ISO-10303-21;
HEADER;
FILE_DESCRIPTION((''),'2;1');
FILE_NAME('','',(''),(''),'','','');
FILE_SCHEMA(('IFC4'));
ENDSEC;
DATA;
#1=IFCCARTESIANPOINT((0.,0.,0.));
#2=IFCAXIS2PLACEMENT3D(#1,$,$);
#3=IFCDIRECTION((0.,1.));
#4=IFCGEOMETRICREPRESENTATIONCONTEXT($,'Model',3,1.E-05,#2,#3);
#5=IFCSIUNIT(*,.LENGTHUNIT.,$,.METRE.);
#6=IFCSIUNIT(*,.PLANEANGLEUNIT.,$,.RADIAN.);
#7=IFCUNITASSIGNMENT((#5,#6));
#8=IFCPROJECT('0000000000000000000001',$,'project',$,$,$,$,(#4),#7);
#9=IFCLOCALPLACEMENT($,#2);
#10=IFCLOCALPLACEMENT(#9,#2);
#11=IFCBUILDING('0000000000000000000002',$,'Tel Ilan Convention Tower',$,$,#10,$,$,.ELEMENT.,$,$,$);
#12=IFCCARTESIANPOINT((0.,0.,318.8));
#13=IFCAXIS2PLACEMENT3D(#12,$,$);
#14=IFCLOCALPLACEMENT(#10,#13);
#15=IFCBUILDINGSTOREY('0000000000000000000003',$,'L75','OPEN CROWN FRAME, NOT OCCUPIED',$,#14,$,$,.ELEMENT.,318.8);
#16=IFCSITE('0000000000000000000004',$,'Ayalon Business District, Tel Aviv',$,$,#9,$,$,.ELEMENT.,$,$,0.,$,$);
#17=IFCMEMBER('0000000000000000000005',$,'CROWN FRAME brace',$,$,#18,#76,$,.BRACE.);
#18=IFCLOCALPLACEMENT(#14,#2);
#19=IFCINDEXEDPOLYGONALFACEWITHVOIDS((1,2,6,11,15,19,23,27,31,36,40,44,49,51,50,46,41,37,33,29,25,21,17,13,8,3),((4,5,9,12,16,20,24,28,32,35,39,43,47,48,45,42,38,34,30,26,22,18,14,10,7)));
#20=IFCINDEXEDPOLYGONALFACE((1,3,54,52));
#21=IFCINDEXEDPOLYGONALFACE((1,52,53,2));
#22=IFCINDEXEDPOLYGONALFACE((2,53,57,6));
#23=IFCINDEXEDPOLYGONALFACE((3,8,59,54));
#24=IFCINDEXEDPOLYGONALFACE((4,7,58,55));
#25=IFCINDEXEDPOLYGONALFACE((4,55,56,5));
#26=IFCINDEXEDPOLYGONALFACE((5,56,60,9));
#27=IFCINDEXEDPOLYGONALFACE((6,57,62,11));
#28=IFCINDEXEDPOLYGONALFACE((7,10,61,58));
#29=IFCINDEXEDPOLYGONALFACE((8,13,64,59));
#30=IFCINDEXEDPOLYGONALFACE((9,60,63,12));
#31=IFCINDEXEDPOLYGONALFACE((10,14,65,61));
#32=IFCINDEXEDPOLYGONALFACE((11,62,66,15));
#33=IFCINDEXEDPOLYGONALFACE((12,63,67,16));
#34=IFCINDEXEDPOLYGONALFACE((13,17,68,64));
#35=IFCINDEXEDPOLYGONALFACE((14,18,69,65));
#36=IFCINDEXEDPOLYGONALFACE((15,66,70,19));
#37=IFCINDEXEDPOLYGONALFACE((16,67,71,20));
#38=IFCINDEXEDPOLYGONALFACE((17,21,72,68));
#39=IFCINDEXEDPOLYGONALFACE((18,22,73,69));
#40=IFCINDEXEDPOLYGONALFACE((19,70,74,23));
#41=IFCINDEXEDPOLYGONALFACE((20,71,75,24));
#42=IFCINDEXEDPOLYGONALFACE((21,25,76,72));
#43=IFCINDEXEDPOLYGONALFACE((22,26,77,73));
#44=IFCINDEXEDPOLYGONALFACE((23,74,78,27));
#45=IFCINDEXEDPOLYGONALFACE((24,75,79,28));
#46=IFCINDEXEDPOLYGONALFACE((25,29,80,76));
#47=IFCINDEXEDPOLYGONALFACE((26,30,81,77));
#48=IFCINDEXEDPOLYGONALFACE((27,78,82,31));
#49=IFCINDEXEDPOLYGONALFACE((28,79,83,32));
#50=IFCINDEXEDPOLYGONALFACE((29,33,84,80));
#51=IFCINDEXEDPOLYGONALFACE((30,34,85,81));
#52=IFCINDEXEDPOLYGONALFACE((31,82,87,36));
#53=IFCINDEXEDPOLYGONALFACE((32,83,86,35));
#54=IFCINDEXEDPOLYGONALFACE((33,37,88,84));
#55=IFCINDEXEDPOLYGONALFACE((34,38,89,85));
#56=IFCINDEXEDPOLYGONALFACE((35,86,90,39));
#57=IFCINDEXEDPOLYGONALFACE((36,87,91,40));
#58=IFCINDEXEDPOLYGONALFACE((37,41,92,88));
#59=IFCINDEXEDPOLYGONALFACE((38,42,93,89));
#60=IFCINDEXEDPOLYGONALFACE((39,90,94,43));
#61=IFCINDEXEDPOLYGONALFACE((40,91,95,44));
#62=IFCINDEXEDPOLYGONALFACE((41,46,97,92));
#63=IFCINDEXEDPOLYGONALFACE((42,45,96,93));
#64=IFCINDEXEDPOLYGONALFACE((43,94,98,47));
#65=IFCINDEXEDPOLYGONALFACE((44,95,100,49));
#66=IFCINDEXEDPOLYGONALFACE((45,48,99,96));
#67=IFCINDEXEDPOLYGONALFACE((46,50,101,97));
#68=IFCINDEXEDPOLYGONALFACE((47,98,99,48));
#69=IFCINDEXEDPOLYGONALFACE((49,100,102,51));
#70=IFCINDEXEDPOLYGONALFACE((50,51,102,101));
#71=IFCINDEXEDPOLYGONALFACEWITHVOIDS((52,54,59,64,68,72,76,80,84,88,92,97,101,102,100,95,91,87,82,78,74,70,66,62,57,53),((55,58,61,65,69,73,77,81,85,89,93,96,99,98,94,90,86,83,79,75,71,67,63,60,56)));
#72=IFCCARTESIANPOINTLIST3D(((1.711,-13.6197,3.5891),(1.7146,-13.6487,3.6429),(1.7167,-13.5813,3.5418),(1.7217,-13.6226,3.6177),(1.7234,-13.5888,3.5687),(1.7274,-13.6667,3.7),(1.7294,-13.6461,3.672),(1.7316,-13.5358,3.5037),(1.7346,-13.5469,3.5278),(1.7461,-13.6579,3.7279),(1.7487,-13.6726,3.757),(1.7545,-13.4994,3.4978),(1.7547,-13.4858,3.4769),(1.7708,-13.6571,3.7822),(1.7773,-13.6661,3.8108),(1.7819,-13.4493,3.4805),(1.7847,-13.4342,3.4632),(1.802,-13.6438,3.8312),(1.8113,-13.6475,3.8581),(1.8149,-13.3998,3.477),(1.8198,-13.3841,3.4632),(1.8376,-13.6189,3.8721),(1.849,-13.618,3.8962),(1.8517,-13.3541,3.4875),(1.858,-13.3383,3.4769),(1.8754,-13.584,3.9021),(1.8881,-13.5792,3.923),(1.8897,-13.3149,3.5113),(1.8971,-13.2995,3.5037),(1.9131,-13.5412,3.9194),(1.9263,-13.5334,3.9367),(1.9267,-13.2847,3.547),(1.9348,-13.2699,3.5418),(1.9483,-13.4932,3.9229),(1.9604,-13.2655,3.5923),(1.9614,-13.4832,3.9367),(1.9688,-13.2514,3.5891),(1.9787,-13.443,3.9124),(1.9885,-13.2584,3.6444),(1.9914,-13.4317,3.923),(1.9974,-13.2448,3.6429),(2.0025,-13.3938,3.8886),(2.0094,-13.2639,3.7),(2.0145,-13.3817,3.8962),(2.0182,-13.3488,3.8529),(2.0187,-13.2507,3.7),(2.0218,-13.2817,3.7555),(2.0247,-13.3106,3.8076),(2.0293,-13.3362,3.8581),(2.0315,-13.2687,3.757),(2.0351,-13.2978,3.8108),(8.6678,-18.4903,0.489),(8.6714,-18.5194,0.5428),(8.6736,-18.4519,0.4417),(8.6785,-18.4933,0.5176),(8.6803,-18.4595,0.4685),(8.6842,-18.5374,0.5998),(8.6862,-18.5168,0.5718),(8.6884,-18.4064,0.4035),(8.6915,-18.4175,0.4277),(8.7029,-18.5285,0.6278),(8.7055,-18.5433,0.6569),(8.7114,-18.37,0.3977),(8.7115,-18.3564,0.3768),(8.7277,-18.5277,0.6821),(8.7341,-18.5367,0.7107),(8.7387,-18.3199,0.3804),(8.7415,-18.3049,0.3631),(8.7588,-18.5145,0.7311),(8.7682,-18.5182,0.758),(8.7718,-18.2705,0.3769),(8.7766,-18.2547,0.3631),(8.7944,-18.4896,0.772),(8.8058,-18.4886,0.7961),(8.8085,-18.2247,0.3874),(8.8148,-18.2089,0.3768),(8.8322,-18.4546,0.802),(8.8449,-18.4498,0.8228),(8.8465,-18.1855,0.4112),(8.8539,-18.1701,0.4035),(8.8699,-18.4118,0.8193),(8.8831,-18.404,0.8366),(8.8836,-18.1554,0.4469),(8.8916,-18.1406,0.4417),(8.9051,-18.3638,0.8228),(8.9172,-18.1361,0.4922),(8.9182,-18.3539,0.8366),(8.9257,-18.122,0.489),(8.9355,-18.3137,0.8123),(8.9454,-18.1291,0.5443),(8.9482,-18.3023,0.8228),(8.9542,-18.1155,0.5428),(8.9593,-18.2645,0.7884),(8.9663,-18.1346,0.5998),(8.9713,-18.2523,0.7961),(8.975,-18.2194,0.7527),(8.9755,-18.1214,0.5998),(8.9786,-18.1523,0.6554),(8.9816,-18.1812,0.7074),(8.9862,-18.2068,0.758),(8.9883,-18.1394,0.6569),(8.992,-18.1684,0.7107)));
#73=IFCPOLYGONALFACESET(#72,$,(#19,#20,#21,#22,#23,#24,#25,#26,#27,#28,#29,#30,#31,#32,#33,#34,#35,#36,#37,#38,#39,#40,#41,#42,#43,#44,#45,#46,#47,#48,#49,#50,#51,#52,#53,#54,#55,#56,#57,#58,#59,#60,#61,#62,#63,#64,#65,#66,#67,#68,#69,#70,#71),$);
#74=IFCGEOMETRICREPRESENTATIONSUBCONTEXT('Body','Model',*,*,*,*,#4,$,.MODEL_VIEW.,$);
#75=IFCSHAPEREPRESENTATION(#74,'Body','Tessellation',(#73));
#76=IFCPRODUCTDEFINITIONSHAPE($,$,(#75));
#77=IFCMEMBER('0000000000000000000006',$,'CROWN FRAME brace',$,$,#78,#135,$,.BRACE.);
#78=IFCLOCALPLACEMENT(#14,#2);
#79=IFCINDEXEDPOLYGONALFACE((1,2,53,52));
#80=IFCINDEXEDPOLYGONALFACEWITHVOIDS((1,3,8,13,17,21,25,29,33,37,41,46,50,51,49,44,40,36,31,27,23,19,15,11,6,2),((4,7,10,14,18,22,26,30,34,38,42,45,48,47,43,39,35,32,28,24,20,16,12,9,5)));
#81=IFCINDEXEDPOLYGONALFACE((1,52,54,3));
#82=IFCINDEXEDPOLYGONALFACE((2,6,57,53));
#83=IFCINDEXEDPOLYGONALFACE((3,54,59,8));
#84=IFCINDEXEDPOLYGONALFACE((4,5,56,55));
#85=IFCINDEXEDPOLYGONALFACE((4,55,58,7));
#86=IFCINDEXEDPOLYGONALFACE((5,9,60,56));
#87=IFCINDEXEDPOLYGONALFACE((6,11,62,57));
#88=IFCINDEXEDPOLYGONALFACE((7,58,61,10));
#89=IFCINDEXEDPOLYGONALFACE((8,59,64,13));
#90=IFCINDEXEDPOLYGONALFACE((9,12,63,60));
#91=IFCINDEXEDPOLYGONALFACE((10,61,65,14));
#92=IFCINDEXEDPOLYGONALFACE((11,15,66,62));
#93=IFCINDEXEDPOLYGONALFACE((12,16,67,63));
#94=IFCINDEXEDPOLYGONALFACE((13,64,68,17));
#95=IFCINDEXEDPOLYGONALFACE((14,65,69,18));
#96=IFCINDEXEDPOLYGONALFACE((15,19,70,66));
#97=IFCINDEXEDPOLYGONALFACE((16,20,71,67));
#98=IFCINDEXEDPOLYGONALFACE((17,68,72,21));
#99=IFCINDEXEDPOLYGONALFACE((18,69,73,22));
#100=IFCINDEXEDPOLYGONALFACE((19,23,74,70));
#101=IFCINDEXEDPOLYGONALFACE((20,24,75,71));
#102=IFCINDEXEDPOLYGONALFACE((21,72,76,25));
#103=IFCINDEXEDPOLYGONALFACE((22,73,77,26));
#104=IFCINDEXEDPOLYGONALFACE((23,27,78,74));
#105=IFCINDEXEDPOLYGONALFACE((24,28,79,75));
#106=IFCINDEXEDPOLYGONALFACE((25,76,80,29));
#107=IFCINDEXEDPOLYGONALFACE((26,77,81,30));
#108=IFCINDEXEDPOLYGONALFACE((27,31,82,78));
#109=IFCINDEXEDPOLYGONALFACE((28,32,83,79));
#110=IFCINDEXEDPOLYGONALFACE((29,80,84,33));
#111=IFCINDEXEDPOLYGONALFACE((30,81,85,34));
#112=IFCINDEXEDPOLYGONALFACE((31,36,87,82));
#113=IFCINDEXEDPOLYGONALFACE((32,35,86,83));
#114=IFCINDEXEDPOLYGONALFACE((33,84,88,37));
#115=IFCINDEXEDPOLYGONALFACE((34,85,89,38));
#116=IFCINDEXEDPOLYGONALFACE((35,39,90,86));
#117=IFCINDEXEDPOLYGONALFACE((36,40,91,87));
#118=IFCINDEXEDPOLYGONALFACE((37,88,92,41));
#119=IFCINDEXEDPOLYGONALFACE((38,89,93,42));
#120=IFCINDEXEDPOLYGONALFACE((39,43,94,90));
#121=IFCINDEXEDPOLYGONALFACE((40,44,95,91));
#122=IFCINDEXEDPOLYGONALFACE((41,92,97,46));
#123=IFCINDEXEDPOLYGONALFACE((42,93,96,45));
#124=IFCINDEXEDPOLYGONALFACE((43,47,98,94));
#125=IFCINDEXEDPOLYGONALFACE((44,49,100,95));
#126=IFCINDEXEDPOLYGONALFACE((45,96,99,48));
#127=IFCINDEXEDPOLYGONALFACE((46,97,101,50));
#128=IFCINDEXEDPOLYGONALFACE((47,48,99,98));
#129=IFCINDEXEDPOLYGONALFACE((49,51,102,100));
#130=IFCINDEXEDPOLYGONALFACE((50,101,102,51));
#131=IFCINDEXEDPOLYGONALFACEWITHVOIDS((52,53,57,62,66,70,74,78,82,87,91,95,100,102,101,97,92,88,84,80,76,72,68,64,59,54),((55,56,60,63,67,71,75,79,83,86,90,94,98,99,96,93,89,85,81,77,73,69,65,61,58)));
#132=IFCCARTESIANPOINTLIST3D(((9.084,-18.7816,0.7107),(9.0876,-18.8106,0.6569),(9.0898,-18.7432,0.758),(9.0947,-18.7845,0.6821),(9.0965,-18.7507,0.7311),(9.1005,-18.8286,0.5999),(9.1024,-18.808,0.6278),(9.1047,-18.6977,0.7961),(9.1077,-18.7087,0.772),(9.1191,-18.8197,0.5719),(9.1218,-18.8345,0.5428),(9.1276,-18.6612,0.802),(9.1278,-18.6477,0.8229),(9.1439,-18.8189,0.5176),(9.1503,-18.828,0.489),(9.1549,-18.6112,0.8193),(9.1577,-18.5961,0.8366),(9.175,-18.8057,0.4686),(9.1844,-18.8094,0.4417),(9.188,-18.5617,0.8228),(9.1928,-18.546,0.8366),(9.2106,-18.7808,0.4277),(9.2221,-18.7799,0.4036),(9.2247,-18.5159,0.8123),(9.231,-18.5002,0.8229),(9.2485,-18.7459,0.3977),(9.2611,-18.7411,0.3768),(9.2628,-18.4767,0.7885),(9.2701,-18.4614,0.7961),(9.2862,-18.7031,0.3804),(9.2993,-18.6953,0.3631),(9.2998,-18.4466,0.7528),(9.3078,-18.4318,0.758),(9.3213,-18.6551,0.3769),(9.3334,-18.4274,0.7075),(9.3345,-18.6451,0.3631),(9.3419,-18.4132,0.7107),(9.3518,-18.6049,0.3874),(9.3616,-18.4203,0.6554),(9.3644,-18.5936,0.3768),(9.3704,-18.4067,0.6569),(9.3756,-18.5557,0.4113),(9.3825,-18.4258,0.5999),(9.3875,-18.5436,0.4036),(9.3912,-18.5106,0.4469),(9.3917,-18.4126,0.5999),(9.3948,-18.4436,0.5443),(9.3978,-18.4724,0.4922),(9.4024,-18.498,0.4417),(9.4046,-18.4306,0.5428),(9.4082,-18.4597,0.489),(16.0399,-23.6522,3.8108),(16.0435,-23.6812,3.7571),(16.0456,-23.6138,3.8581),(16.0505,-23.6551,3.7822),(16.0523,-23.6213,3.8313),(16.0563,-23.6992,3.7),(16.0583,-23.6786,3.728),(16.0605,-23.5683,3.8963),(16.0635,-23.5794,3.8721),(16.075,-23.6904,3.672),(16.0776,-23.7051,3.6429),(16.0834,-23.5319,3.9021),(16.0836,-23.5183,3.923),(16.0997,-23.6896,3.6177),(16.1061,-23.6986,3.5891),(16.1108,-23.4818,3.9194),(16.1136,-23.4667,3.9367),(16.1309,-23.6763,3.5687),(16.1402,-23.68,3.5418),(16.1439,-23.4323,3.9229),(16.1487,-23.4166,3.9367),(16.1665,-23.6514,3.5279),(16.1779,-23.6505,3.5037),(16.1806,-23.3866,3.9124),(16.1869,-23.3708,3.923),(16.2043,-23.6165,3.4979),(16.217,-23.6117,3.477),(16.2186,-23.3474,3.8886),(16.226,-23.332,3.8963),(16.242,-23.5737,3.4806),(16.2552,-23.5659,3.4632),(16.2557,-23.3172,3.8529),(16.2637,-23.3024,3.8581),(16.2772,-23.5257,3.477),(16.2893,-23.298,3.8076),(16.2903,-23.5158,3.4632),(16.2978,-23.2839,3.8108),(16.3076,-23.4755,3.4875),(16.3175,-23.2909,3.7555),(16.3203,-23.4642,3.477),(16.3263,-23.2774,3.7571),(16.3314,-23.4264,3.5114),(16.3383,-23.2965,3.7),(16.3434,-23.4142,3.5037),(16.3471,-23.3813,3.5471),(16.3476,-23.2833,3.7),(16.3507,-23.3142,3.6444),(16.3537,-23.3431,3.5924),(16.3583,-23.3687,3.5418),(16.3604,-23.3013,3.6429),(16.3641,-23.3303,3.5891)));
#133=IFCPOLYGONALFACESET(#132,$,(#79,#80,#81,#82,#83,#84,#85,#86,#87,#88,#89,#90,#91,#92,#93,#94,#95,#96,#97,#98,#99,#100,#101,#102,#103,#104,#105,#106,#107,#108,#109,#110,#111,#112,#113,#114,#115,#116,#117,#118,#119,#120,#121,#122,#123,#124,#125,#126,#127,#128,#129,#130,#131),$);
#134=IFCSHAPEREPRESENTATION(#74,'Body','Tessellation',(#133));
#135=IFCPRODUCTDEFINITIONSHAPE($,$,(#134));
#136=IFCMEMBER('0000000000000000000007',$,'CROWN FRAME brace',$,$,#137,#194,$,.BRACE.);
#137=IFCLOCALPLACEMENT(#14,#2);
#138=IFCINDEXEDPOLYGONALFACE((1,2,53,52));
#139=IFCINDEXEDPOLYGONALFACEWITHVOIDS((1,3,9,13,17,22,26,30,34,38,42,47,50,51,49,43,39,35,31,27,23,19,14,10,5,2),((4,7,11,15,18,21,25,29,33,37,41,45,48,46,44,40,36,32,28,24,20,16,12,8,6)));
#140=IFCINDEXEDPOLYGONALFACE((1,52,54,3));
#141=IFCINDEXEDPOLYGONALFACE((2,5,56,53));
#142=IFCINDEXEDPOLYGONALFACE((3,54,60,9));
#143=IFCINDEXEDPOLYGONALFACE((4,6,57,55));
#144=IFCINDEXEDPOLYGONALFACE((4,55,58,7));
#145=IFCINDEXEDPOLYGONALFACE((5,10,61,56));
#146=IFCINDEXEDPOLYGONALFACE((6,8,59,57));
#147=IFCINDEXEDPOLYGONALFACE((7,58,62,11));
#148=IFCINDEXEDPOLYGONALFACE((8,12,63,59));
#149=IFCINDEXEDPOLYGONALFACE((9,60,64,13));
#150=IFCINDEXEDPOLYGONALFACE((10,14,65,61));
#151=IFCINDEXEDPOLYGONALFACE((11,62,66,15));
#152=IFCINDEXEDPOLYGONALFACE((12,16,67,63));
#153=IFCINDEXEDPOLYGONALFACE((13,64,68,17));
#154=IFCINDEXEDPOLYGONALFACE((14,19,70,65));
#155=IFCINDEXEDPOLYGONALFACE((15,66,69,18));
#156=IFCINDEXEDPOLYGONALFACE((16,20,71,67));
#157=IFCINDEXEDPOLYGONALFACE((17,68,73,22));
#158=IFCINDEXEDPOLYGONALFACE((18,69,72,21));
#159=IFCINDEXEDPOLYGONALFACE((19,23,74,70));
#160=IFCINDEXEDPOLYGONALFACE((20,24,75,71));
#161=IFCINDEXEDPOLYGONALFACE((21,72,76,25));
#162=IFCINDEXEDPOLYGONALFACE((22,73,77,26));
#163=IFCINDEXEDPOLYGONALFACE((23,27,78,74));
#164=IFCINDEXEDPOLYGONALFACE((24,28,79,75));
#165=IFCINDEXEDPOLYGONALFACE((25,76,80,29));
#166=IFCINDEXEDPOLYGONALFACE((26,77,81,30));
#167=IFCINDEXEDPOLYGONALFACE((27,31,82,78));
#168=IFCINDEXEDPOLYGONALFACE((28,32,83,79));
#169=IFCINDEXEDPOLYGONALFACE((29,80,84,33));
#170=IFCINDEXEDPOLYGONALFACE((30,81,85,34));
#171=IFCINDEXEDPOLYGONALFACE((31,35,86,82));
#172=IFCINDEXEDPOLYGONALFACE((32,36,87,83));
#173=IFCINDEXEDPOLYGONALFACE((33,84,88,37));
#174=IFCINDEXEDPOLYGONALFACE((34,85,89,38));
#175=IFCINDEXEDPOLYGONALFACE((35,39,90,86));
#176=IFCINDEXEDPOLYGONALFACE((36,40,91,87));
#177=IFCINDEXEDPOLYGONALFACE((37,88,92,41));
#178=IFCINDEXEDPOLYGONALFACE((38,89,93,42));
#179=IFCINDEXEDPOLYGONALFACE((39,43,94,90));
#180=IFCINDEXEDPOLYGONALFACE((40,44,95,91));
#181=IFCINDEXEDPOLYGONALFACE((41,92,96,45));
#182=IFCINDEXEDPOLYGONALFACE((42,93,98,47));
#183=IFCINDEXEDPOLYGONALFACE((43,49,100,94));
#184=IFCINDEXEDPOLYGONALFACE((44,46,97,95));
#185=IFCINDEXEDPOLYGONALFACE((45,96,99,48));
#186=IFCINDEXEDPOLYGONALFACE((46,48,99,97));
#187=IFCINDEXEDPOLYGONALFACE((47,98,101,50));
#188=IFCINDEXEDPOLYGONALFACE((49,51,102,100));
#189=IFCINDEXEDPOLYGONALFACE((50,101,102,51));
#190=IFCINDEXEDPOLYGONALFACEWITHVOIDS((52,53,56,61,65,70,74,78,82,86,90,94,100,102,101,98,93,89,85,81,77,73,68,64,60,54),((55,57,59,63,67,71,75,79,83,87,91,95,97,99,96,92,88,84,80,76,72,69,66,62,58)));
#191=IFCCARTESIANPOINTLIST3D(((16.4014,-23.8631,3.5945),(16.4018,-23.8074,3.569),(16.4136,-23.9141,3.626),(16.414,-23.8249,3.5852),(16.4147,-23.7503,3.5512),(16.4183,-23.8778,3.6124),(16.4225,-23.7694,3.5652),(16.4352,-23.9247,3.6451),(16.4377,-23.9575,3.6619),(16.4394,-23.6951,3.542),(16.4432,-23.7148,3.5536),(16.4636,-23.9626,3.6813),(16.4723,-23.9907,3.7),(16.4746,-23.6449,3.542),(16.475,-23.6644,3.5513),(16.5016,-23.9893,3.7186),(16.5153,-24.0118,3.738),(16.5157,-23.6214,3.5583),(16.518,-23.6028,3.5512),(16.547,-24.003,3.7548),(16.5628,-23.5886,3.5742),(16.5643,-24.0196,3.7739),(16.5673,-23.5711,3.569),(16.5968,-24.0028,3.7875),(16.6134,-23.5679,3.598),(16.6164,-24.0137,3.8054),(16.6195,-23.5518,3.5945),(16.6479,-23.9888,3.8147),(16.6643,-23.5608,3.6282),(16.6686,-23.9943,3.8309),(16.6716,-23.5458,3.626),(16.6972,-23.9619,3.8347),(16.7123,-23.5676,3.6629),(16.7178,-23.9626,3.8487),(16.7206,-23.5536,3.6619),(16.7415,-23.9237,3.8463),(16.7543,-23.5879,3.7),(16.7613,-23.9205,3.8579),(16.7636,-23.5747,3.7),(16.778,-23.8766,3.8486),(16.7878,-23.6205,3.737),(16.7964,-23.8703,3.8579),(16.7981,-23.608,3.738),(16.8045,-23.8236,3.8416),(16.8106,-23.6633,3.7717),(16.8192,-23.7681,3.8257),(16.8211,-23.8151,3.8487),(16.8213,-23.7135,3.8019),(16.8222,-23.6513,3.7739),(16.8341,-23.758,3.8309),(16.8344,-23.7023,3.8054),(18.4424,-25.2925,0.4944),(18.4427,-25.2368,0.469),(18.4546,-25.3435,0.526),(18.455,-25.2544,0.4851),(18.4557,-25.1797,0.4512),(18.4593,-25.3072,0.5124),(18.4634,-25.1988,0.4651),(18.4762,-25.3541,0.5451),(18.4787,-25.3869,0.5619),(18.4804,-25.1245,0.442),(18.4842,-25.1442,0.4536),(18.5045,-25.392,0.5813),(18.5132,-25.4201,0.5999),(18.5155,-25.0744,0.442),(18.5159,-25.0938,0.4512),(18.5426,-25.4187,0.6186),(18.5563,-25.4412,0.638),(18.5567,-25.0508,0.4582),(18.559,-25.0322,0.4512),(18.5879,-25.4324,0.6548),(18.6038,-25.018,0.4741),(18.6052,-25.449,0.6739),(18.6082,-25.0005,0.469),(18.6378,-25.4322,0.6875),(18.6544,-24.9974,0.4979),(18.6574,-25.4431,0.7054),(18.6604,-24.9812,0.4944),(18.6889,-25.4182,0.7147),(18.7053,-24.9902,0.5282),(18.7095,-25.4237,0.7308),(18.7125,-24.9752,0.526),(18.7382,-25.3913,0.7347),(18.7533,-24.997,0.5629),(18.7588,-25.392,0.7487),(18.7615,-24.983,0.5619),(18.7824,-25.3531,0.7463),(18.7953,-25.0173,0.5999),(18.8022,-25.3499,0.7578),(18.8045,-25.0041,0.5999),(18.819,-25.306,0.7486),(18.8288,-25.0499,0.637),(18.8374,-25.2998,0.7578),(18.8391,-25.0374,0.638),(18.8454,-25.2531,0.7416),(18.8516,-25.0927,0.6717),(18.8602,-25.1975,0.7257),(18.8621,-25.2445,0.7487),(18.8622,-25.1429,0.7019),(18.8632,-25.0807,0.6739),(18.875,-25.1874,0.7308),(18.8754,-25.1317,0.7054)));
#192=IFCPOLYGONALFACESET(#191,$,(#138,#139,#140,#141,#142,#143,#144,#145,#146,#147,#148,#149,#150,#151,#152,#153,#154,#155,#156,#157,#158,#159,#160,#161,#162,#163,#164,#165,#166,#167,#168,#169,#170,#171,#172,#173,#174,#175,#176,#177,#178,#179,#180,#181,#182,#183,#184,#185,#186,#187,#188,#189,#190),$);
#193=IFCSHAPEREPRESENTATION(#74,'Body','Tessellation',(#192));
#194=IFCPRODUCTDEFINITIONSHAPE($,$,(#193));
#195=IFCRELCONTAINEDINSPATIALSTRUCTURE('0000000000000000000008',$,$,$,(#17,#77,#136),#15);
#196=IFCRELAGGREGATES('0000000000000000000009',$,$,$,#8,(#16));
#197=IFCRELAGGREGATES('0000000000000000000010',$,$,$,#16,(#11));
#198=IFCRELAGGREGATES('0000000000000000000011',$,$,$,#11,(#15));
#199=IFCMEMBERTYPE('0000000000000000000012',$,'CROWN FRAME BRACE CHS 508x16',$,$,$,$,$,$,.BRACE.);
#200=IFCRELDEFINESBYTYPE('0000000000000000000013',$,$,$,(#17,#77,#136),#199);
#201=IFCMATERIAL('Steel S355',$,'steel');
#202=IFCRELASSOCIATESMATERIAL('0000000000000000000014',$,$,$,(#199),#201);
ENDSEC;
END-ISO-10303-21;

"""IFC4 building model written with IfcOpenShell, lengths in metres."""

from ifc_helpers import new_model, si_unit, direction, frame, origin, origin_2d, place, context, subcontext, project, spatial, hollow_circle, extrude, material, material_profile, profile_set, type_object, element, save


model = new_model("IFC4")

# Units and contexts
model_context = context("Model", 3, precision=1e-05, world=origin(), true_north=direction((0.0, 1.0)))
body_context = subcontext(model_context, "Body", "Model", "MODEL_VIEW")
ifc_project = project(units=[si_unit("LENGTHUNIT", "METRE"), si_unit("PLANEANGLEUNIT", "RADIAN")], contexts=[model_context])

# Site, building, storey
site_placement = place(None, origin())
site = spatial("IfcSite", under=ifc_project, at=site_placement, Name="Ayalon Business District, Tel Aviv", CompositionType="ELEMENT", RefElevation=0.0)
building_placement = place(site_placement, origin())
building = spatial("IfcBuilding", under=site, at=building_placement, Name="Tel Ilan Convention Tower", CompositionType="ELEMENT")
storey_placement = place(building_placement, frame((0.0, 0.0, 318.8)))
storey = spatial("IfcBuildingStorey", under=building, at=storey_placement, Name="L75", Description="OPEN CROWN FRAME, NOT OCCUPIED", CompositionType="ELEMENT", Elevation=318.8)

# Members
ifc_material_1 = material(Name="Steel S355", Category="steel")
ifc_material_profile_1 = material_profile(ifc_material_1, hollow_circle(Radius=0.2539, WallThickness=0.0161, at=origin_2d()), Name="CHS 508x16")
ifc_profile_set_1 = profile_set([ifc_material_profile_1], Name="Steel S355")
member_type = type_object("IfcMemberType", Name="CROWN FRAME BRACE CHS 508x16", PredefinedType="BRACE", material=ifc_profile_set_1)
member_1_placement = place(storey_placement, frame((1.873, -13.4587, 3.7), z_axis=(0.769515, -0.538755, -0.342913), x_axis=(0.57353, 0.819185, 0.0)))
element("IfcMember", 1, at=member_1_placement, inside=storey, type_object=member_type, Name="CROWN FRAME brace", PredefinedType="BRACE", context=body_context, shape_type="SweptSolid", body=[
    extrude(hollow_circle(Radius=0.2539, WallThickness=0.0161, at=origin_2d()), origin(), (0.0, 0.0, 1.0), 9.0405),
])
member_2_placement = place(storey_placement, frame((9.2461, -18.6206, 0.5999), z_axis=(0.769471, -0.5388, 0.342941), x_axis=(0.573584, 0.819147, 0.0)))
element("IfcMember", 2, at=member_2_placement, inside=storey, type_object=member_type, Name="CROWN FRAME brace", PredefinedType="BRACE", context=body_context, shape_type="SweptSolid", body=[
    extrude(hollow_circle(Radius=0.2539, WallThickness=0.0161, at=origin_2d()), origin(), (0.0, 0.0, 1.0), 9.0398),
])
member_3_placement = place(storey_placement, frame((16.6179, -23.7827, 3.7), z_axis=(0.513154, -0.359392, -0.779429), x_axis=(0.57366, 0.819094, 0.0)))
element("IfcMember", 3, at=member_3_placement, inside=storey, type_object=member_type, Name="CROWN FRAME brace", PredefinedType="BRACE", context=body_context, shape_type="SweptSolid", body=[
    extrude(hollow_circle(Radius=0.2539, WallThickness=0.0161, at=origin_2d()), origin(), (0.0, 0.0, 1.0), 3.9773),
])

save(model, "model.ifc")
